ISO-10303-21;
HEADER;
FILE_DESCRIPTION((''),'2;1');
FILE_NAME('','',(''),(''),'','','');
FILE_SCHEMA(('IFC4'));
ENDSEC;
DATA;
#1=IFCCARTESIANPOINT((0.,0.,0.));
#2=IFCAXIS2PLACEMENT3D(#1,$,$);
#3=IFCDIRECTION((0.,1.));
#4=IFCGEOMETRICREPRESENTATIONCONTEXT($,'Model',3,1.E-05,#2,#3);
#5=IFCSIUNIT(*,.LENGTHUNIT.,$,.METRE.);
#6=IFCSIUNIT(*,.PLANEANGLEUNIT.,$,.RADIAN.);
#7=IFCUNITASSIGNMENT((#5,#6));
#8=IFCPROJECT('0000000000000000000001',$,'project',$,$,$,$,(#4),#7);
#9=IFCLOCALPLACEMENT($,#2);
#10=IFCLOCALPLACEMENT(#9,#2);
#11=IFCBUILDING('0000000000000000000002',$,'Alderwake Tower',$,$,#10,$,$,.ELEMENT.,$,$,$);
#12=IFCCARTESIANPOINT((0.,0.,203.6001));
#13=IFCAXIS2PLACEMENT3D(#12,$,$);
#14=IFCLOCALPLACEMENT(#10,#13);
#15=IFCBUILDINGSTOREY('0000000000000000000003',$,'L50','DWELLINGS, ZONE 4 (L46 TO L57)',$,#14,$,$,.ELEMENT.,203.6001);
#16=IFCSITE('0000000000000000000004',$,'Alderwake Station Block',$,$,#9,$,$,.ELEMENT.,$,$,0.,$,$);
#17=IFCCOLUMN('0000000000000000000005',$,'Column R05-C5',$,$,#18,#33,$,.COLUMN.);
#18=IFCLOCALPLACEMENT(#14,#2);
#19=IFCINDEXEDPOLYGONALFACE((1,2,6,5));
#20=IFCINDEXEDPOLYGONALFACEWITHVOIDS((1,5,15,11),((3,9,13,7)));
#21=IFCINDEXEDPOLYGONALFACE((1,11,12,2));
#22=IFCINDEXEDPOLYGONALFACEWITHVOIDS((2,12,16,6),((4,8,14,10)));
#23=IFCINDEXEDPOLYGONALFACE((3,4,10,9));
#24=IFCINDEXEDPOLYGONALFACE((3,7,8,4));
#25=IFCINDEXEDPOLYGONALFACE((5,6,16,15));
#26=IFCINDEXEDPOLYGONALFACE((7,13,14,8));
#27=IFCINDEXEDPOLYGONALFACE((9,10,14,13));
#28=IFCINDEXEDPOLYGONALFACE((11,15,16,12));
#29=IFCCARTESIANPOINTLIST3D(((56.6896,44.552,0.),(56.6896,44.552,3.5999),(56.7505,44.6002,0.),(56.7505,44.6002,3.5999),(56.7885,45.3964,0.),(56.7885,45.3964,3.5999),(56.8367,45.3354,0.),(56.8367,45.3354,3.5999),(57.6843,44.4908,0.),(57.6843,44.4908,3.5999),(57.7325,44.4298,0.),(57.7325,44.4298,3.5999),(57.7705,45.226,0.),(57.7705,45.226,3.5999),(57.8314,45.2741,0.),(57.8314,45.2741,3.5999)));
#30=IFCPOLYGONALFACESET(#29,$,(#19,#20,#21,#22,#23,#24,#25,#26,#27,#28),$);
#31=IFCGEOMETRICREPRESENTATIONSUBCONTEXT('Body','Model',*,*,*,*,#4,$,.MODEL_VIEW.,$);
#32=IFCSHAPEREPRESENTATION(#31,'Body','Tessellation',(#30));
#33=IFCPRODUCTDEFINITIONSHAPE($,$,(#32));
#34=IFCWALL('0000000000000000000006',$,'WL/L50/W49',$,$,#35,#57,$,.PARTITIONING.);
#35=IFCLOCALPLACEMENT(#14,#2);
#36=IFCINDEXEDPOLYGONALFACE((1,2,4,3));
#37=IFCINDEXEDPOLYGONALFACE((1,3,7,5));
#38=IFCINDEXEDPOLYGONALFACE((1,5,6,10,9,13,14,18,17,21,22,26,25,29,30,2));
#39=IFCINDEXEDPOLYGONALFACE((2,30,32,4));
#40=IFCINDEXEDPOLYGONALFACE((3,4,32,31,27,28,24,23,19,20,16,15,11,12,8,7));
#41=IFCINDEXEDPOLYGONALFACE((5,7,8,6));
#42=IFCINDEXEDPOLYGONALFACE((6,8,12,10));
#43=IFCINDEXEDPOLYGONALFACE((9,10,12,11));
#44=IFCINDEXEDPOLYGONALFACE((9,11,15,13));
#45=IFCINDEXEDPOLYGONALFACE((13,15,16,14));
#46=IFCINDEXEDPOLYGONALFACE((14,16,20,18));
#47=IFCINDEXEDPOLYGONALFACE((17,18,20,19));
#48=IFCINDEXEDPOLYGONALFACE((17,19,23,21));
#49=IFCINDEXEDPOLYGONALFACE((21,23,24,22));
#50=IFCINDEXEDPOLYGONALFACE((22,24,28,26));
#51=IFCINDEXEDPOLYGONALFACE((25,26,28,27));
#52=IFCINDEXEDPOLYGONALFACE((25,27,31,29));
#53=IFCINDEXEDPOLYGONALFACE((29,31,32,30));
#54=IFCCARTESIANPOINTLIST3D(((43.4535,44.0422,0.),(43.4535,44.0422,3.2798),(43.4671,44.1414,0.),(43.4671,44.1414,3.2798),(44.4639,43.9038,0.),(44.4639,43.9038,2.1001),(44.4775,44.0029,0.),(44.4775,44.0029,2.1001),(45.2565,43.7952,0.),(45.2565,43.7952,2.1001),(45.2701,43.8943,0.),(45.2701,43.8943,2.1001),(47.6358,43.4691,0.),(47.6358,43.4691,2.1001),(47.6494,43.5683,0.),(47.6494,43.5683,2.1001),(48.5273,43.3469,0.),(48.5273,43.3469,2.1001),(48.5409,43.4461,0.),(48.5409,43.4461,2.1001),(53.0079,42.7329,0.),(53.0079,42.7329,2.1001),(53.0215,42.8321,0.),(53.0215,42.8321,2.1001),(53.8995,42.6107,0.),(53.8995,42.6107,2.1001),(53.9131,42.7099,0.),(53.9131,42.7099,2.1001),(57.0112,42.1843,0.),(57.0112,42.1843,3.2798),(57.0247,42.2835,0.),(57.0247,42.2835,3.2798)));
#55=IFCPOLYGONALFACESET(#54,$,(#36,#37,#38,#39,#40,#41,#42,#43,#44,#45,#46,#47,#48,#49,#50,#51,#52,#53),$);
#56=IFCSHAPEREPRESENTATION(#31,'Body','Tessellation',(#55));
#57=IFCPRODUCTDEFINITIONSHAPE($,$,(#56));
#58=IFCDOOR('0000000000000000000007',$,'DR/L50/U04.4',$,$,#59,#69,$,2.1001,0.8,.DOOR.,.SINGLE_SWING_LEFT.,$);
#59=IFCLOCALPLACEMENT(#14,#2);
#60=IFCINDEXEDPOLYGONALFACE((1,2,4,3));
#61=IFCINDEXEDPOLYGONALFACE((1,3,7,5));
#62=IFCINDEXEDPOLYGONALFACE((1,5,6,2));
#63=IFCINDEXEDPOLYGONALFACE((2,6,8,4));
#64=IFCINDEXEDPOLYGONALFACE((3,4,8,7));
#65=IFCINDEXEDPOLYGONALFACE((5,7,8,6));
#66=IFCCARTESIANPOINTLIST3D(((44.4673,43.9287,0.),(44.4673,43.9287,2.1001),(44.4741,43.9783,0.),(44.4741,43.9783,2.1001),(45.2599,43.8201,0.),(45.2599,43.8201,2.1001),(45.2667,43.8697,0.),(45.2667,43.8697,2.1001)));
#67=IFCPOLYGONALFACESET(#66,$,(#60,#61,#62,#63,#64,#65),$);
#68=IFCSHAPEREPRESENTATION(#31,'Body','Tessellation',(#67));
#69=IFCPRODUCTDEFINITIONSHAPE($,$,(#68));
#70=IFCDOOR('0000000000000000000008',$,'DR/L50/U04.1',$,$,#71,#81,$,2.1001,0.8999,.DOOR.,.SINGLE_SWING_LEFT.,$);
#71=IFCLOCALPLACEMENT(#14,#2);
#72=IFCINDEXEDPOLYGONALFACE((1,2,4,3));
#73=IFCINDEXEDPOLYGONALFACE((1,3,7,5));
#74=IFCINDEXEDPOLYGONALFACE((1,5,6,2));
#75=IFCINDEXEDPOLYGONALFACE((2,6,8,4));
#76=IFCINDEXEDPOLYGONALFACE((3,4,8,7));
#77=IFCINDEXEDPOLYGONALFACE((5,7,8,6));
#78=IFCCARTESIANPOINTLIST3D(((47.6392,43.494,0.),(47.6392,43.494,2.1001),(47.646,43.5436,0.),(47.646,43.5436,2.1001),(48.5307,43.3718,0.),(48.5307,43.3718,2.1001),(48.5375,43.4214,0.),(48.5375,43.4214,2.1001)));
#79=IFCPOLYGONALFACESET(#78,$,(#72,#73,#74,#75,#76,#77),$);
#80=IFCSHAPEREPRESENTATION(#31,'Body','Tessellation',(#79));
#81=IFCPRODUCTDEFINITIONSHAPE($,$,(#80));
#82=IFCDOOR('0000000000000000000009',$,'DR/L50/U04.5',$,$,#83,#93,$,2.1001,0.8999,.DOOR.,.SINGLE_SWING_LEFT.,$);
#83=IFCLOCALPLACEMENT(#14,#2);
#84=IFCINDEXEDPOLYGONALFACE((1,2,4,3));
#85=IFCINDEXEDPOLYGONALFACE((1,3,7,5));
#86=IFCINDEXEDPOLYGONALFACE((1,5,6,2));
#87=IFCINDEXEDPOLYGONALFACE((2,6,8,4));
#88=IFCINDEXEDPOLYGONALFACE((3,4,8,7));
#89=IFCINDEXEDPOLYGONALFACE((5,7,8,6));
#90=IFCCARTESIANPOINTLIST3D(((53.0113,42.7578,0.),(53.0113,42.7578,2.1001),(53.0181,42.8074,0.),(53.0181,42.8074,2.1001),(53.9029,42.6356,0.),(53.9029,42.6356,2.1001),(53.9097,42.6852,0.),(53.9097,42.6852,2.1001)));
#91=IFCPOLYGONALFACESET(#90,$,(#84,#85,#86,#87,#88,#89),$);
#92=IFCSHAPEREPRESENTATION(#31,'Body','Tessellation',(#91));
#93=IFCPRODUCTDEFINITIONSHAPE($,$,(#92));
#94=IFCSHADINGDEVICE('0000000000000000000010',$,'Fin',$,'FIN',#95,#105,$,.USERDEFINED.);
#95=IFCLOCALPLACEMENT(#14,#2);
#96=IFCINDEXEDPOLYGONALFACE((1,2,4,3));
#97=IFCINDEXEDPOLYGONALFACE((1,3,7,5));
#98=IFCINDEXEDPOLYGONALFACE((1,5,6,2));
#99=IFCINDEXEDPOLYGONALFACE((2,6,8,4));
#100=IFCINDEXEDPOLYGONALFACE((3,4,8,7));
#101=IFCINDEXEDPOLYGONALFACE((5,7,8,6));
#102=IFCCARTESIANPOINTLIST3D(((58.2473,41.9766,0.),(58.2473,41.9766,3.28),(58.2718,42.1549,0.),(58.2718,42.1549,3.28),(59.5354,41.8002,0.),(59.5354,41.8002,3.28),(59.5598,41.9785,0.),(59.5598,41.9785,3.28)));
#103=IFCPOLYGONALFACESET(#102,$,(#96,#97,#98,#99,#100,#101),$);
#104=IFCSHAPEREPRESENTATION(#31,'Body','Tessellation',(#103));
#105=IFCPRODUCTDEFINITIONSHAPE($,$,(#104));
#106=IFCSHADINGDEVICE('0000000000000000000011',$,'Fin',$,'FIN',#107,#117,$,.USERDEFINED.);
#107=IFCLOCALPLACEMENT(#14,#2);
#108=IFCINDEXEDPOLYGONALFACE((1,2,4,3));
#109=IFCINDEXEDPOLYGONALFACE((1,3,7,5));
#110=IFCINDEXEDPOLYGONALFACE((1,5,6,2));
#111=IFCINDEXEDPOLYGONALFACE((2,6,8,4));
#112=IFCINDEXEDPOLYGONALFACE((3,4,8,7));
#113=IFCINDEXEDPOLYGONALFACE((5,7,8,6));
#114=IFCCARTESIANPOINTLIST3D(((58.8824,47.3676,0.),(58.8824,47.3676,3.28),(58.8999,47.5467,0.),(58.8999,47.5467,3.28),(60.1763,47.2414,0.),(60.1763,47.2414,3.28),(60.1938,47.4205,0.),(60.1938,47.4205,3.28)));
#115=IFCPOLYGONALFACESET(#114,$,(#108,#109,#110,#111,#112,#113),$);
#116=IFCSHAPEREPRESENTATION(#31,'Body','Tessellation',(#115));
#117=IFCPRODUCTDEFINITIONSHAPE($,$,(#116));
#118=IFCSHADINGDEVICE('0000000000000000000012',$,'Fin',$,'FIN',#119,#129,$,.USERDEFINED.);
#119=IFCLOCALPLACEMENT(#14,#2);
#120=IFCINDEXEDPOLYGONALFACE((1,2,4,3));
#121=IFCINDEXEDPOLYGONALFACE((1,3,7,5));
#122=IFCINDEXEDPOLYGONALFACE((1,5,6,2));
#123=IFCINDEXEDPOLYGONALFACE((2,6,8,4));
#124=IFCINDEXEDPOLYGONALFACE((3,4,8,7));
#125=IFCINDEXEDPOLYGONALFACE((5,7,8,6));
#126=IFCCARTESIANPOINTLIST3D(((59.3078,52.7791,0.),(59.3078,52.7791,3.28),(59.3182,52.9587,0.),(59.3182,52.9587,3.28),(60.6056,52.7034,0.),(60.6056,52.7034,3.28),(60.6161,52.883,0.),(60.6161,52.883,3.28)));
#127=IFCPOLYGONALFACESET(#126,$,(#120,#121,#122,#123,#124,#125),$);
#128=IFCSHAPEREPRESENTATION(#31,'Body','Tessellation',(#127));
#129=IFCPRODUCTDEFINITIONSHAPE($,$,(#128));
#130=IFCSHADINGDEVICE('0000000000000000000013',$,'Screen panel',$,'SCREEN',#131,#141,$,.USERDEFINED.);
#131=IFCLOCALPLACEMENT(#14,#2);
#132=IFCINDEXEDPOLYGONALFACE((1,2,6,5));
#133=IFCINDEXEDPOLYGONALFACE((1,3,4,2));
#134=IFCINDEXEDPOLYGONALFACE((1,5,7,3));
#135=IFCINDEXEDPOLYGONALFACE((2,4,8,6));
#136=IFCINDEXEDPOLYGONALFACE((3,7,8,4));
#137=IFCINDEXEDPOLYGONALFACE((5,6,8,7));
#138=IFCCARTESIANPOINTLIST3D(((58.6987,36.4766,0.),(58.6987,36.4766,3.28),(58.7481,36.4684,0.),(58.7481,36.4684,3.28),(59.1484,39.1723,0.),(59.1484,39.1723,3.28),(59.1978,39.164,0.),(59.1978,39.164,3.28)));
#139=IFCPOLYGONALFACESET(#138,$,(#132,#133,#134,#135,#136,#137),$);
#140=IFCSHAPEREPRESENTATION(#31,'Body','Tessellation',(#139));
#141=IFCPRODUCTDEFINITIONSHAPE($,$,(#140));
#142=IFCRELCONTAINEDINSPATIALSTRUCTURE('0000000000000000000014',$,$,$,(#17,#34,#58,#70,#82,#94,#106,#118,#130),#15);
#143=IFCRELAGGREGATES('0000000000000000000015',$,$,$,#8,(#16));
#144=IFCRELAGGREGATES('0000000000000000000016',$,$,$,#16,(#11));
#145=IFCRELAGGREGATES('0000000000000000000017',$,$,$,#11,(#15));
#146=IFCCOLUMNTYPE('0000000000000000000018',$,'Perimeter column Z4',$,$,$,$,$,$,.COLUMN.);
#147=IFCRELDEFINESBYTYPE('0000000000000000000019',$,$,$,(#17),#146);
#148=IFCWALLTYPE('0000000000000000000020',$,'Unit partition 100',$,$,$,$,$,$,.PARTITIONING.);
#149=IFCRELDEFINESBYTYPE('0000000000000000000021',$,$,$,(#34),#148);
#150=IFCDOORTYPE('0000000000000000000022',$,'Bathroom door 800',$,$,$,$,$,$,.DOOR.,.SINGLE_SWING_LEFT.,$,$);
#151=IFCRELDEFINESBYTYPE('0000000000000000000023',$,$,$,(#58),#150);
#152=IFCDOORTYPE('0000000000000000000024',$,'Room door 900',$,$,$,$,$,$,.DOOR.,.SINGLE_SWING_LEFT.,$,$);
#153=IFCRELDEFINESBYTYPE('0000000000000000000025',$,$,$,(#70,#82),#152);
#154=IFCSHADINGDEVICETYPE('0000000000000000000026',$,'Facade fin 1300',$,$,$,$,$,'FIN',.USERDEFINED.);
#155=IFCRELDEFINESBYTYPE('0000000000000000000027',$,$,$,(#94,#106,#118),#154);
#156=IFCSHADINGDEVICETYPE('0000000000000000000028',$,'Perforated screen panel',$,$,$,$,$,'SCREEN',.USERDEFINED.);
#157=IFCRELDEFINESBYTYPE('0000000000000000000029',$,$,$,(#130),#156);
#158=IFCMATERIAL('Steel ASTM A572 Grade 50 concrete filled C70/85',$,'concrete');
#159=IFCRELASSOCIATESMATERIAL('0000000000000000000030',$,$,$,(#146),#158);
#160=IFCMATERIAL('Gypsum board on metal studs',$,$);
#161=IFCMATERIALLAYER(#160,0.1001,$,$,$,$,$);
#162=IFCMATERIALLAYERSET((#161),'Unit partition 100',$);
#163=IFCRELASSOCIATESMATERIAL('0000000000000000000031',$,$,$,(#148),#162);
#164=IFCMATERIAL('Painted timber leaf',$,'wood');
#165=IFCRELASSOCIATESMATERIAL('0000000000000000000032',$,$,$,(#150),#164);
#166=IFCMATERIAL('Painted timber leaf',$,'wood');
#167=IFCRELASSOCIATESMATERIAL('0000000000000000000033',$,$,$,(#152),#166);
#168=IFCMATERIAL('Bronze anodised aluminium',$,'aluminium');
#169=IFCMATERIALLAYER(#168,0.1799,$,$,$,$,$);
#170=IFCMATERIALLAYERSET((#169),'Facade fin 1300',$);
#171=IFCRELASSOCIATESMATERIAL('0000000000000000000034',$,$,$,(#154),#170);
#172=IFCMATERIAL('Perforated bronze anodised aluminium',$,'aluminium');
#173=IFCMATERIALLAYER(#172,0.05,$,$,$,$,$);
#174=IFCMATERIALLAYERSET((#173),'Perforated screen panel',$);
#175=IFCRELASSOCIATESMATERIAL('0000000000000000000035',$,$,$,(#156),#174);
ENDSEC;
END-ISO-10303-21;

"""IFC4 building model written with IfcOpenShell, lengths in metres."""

from ifc_helpers import new_model, si_unit, direction, frame, frame_2d, origin, origin_2d, place, context, subcontext, project, spatial, rectangle, hollow_rectangle, extrude, material, layer, layer_set, material_profile, profile_set, type_object, element, fill, save


model = new_model("IFC4")

# Units and contexts
model_context = context("Model", 3, precision=1e-05, world=origin(), true_north=direction((0.0, 1.0)))
body_context = subcontext(model_context, "Body", "Model", "MODEL_VIEW")
ifc_project = project(units=[si_unit("LENGTHUNIT", "METRE"), si_unit("PLANEANGLEUNIT", "RADIAN")], contexts=[model_context])

# Site, building, storey
site_placement = place(None, origin())
site = spatial("IfcSite", under=ifc_project, at=site_placement, Name="Alderwake Station Block", CompositionType="ELEMENT", RefElevation=0.0)
building_placement = place(site_placement, origin())
building = spatial("IfcBuilding", under=site, at=building_placement, Name="Alderwake Tower", CompositionType="ELEMENT")
storey_placement = place(building_placement, frame((0.0, 0.0, 203.6001)))
storey = spatial("IfcBuildingStorey", under=building, at=storey_placement, Name="L50", Description="DWELLINGS, ZONE 4 (L46 TO L57)", CompositionType="ELEMENT", Elevation=203.6001)

# Column
ifc_material_1 = material(Name="Steel ASTM A572 Grade 50 concrete filled C70/85", Category="concrete")
ifc_material_profile = material_profile(ifc_material_1, hollow_rectangle(XDim=0.8501, YDim=1.05, WallThickness=0.0549, at=origin_2d()), Name="BOX 1050X850X55")
ifc_profile_set = profile_set([ifc_material_profile], Name="Steel ASTM A572 Grade 50 concrete filled C70/85")
column_type = type_object("IfcColumnType", Name="Perimeter column Z4", PredefinedType="COLUMN", material=ifc_profile_set)
column_placement = place(storey_placement, frame((57.2605, 44.9131, 0.0), z_axis=(0.0, 0.0, 1.0), x_axis=(0.116402, 0.993202, 0.0)))
element("IfcColumn", 1, at=column_placement, inside=storey, type_object=column_type, Name="Column R05-C5", PredefinedType="COLUMN", context=body_context, shape_type="SweptSolid", body=[
    extrude(hollow_rectangle(XDim=0.8501, YDim=1.05, WallThickness=0.0549, at=origin_2d()), origin(), (0.0, 0.0, 1.0), 3.5999),
])

# Wall, openings, doors
ifc_material_2 = material(Name="Gypsum board on metal studs")
ifc_layer_1 = layer(ifc_material_2, 0.1001)
ifc_layer_set_1 = layer_set([ifc_layer_1], Name="Unit partition 100")
wall_type_1 = type_object("IfcWallType", Name="Unit partition 100", PredefinedType="PARTITIONING", material=ifc_layer_set_1)
wall_1_placement = place(storey_placement, frame((57.0181, 42.2339, 0.0), z_axis=(0.0, 0.0, 1.0), x_axis=(-0.99074, 0.135769, 0.0)))
wall_1 = element("IfcWall", 2, at=wall_1_placement, inside=storey, type_object=wall_type_1, Name="WL/L50/W49", PredefinedType="PARTITIONING", context=body_context, shape_type="SweptSolid", body=[
    extrude(rectangle(XDim=13.6843, YDim=0.1001, at=frame_2d((6.8423, 0.0))), origin(), (0.0, 0.0, 1.0), 3.2798),
])
opening_1_placement = place(wall_1_placement, frame((8.5632, 0.0, 0.0)))
opening_1 = element("IfcOpeningElement", 3, at=opening_1_placement, cuts=wall_1, PredefinedType="OPENING", context=body_context, shape_type="SweptSolid", body=[
    extrude(rectangle(XDim=0.8999, YDim=2.1001, at=frame_2d((0.45, 1.05))), frame((0.0, 0.0601, 0.0), z_axis=(0.0, -1.0, 0.0), x_axis=(1.0, 0.0, 0.0)), (0.0, 0.0, 1.0), 0.1201),
])
opening_2_placement = place(wall_1_placement, frame((11.8647, 0.0, 0.0)))
opening_2 = element("IfcOpeningElement", 4, at=opening_2_placement, cuts=wall_1, PredefinedType="OPENING", context=body_context, shape_type="SweptSolid", body=[
    extrude(rectangle(XDim=0.8, YDim=2.1001, at=frame_2d((0.3999, 1.05))), frame((0.0, 0.0601, 0.0), z_axis=(0.0, -1.0, 0.0), x_axis=(1.0, 0.0, 0.0)), (0.0, 0.0, 1.0), 0.1201),
])
opening_3_placement = place(wall_1_placement, frame((3.1409, 0.0, 0.0)))
opening_3 = element("IfcOpeningElement", 5, at=opening_3_placement, cuts=wall_1, PredefinedType="OPENING", context=body_context, shape_type="SweptSolid", body=[
    extrude(rectangle(XDim=0.8999, YDim=2.1001, at=frame_2d((0.45, 1.05))), frame((0.0, 0.0601, 0.0), z_axis=(0.0, -1.0, 0.0), x_axis=(1.0, 0.0, 0.0)), (0.0, 0.0, 1.0), 0.1201),
])
ifc_material_3 = material(Name="Painted timber leaf", Category="wood")
door_type_1 = type_object("IfcDoorType", Name="Bathroom door 800", OperationType="SINGLE_SWING_LEFT", PredefinedType="DOOR", material=ifc_material_3)
door_1_placement = place(opening_2_placement, origin())
door_1 = element("IfcDoor", 6, at=door_1_placement, inside=storey, type_object=door_type_1, Name="DR/L50/U04.4", OperationType="SINGLE_SWING_LEFT", OverallHeight=2.1001, OverallWidth=0.8, PredefinedType="DOOR", context=body_context, shape_type="SweptSolid", body=[
    extrude(rectangle(XDim=0.8, YDim=2.1001, at=frame_2d((0.3999, 1.05))), frame((0.0, 0.0249, 0.0), z_axis=(0.0, -1.0, 0.0), x_axis=(1.0, 0.0, 0.0)), (0.0, 0.0, 1.0), 0.05),
])
fill(opening_2, door_1)
ifc_material_4 = material(Name="Painted timber leaf", Category="wood")
door_type_2 = type_object("IfcDoorType", Name="Room door 900", OperationType="SINGLE_SWING_LEFT", PredefinedType="DOOR", material=ifc_material_4)
door_2_placement = place(opening_1_placement, origin())
door_2 = element("IfcDoor", 7, at=door_2_placement, inside=storey, type_object=door_type_2, Name="DR/L50/U04.1", OperationType="SINGLE_SWING_LEFT", OverallHeight=2.1001, OverallWidth=0.8999, PredefinedType="DOOR", context=body_context, shape_type="SweptSolid", body=[
    extrude(rectangle(XDim=0.8999, YDim=2.1001, at=frame_2d((0.45, 1.05))), frame((0.0, 0.0249, 0.0), z_axis=(0.0, -1.0, 0.0), x_axis=(1.0, 0.0, 0.0)), (0.0, 0.0, 1.0), 0.05),
])
fill(opening_1, door_2)
door_3_placement = place(opening_3_placement, origin())
door_3 = element("IfcDoor", 8, at=door_3_placement, inside=storey, type_object=door_type_2, Name="DR/L50/U04.5", OperationType="SINGLE_SWING_LEFT", OverallHeight=2.1001, OverallWidth=0.8999, PredefinedType="DOOR", context=body_context, shape_type="SweptSolid", body=[
    extrude(rectangle(XDim=0.8999, YDim=2.1001, at=frame_2d((0.45, 1.05))), frame((0.0, 0.0249, 0.0), z_axis=(0.0, -1.0, 0.0), x_axis=(1.0, 0.0, 0.0)), (0.0, 0.0, 1.0), 0.05),
])
fill(opening_3, door_3)

# Shading devices
ifc_material_5 = material(Name="Bronze anodised aluminium", Category="aluminium")
ifc_layer_2 = layer(ifc_material_5, 0.1799)
ifc_layer_set_2 = layer_set([ifc_layer_2], Name="Facade fin 1300")
shading_device_type_1 = type_object("IfcShadingDeviceType", Name="Facade fin 1300", ElementType="FIN", PredefinedType="USERDEFINED", material=ifc_layer_set_2)
for number, where, z_axis, x_axis, name in (
    (9, (58.9036, 41.9775, 0.0), (0.0, 0.0, 1.0), (0.990753, -0.135681, 0.0), "Fin"),
    (10, (59.5381, 47.394, 0.0), (0.0, 0.0, 1.0), (0.99528, -0.097046, 0.0), "Fin"),
    (11, (59.9619, 52.8311, 0.0), (0.0, 0.0, 1.0), (0.998301, -0.058266, 0.0), "Fin"),
):
    element("IfcShadingDevice", number, at=place(storey_placement, frame(where, z_axis=z_axis, x_axis=x_axis)), inside=storey, type_object=shading_device_type_1, Name=name, ObjectType="FIN", PredefinedType="USERDEFINED", context=body_context, shape_type="SweptSolid", body=[
        extrude(rectangle(XDim=1.3, YDim=0.1799, at=origin_2d()), origin(), (0.0, 0.0, 1.0), 3.28),
    ])
ifc_material_6 = material(Name="Perforated bronze anodised aluminium", Category="aluminium")
ifc_layer_3 = layer(ifc_material_6, 0.05)
ifc_layer_set_3 = layer_set([ifc_layer_3], Name="Perforated screen panel")
shading_device_type_2 = type_object("IfcShadingDeviceType", Name="Perforated screen panel", ElementType="SCREEN", PredefinedType="USERDEFINED", material=ifc_layer_set_3)
shading_device_placement = place(storey_placement, frame((58.9482, 37.8203, 0.0), z_axis=(0.0, 0.0, 1.0), x_axis=(0.986369, -0.164548, 0.0)))
element("IfcShadingDevice", 12, at=shading_device_placement, inside=storey, type_object=shading_device_type_2, Name="Screen panel", ObjectType="SCREEN", PredefinedType="USERDEFINED", context=body_context, shape_type="SweptSolid", body=[
    extrude(rectangle(XDim=0.05, YDim=2.7329, at=origin_2d()), origin(), (0.0, 0.0, 1.0), 3.28),
])

save(model, "model.ifc")
